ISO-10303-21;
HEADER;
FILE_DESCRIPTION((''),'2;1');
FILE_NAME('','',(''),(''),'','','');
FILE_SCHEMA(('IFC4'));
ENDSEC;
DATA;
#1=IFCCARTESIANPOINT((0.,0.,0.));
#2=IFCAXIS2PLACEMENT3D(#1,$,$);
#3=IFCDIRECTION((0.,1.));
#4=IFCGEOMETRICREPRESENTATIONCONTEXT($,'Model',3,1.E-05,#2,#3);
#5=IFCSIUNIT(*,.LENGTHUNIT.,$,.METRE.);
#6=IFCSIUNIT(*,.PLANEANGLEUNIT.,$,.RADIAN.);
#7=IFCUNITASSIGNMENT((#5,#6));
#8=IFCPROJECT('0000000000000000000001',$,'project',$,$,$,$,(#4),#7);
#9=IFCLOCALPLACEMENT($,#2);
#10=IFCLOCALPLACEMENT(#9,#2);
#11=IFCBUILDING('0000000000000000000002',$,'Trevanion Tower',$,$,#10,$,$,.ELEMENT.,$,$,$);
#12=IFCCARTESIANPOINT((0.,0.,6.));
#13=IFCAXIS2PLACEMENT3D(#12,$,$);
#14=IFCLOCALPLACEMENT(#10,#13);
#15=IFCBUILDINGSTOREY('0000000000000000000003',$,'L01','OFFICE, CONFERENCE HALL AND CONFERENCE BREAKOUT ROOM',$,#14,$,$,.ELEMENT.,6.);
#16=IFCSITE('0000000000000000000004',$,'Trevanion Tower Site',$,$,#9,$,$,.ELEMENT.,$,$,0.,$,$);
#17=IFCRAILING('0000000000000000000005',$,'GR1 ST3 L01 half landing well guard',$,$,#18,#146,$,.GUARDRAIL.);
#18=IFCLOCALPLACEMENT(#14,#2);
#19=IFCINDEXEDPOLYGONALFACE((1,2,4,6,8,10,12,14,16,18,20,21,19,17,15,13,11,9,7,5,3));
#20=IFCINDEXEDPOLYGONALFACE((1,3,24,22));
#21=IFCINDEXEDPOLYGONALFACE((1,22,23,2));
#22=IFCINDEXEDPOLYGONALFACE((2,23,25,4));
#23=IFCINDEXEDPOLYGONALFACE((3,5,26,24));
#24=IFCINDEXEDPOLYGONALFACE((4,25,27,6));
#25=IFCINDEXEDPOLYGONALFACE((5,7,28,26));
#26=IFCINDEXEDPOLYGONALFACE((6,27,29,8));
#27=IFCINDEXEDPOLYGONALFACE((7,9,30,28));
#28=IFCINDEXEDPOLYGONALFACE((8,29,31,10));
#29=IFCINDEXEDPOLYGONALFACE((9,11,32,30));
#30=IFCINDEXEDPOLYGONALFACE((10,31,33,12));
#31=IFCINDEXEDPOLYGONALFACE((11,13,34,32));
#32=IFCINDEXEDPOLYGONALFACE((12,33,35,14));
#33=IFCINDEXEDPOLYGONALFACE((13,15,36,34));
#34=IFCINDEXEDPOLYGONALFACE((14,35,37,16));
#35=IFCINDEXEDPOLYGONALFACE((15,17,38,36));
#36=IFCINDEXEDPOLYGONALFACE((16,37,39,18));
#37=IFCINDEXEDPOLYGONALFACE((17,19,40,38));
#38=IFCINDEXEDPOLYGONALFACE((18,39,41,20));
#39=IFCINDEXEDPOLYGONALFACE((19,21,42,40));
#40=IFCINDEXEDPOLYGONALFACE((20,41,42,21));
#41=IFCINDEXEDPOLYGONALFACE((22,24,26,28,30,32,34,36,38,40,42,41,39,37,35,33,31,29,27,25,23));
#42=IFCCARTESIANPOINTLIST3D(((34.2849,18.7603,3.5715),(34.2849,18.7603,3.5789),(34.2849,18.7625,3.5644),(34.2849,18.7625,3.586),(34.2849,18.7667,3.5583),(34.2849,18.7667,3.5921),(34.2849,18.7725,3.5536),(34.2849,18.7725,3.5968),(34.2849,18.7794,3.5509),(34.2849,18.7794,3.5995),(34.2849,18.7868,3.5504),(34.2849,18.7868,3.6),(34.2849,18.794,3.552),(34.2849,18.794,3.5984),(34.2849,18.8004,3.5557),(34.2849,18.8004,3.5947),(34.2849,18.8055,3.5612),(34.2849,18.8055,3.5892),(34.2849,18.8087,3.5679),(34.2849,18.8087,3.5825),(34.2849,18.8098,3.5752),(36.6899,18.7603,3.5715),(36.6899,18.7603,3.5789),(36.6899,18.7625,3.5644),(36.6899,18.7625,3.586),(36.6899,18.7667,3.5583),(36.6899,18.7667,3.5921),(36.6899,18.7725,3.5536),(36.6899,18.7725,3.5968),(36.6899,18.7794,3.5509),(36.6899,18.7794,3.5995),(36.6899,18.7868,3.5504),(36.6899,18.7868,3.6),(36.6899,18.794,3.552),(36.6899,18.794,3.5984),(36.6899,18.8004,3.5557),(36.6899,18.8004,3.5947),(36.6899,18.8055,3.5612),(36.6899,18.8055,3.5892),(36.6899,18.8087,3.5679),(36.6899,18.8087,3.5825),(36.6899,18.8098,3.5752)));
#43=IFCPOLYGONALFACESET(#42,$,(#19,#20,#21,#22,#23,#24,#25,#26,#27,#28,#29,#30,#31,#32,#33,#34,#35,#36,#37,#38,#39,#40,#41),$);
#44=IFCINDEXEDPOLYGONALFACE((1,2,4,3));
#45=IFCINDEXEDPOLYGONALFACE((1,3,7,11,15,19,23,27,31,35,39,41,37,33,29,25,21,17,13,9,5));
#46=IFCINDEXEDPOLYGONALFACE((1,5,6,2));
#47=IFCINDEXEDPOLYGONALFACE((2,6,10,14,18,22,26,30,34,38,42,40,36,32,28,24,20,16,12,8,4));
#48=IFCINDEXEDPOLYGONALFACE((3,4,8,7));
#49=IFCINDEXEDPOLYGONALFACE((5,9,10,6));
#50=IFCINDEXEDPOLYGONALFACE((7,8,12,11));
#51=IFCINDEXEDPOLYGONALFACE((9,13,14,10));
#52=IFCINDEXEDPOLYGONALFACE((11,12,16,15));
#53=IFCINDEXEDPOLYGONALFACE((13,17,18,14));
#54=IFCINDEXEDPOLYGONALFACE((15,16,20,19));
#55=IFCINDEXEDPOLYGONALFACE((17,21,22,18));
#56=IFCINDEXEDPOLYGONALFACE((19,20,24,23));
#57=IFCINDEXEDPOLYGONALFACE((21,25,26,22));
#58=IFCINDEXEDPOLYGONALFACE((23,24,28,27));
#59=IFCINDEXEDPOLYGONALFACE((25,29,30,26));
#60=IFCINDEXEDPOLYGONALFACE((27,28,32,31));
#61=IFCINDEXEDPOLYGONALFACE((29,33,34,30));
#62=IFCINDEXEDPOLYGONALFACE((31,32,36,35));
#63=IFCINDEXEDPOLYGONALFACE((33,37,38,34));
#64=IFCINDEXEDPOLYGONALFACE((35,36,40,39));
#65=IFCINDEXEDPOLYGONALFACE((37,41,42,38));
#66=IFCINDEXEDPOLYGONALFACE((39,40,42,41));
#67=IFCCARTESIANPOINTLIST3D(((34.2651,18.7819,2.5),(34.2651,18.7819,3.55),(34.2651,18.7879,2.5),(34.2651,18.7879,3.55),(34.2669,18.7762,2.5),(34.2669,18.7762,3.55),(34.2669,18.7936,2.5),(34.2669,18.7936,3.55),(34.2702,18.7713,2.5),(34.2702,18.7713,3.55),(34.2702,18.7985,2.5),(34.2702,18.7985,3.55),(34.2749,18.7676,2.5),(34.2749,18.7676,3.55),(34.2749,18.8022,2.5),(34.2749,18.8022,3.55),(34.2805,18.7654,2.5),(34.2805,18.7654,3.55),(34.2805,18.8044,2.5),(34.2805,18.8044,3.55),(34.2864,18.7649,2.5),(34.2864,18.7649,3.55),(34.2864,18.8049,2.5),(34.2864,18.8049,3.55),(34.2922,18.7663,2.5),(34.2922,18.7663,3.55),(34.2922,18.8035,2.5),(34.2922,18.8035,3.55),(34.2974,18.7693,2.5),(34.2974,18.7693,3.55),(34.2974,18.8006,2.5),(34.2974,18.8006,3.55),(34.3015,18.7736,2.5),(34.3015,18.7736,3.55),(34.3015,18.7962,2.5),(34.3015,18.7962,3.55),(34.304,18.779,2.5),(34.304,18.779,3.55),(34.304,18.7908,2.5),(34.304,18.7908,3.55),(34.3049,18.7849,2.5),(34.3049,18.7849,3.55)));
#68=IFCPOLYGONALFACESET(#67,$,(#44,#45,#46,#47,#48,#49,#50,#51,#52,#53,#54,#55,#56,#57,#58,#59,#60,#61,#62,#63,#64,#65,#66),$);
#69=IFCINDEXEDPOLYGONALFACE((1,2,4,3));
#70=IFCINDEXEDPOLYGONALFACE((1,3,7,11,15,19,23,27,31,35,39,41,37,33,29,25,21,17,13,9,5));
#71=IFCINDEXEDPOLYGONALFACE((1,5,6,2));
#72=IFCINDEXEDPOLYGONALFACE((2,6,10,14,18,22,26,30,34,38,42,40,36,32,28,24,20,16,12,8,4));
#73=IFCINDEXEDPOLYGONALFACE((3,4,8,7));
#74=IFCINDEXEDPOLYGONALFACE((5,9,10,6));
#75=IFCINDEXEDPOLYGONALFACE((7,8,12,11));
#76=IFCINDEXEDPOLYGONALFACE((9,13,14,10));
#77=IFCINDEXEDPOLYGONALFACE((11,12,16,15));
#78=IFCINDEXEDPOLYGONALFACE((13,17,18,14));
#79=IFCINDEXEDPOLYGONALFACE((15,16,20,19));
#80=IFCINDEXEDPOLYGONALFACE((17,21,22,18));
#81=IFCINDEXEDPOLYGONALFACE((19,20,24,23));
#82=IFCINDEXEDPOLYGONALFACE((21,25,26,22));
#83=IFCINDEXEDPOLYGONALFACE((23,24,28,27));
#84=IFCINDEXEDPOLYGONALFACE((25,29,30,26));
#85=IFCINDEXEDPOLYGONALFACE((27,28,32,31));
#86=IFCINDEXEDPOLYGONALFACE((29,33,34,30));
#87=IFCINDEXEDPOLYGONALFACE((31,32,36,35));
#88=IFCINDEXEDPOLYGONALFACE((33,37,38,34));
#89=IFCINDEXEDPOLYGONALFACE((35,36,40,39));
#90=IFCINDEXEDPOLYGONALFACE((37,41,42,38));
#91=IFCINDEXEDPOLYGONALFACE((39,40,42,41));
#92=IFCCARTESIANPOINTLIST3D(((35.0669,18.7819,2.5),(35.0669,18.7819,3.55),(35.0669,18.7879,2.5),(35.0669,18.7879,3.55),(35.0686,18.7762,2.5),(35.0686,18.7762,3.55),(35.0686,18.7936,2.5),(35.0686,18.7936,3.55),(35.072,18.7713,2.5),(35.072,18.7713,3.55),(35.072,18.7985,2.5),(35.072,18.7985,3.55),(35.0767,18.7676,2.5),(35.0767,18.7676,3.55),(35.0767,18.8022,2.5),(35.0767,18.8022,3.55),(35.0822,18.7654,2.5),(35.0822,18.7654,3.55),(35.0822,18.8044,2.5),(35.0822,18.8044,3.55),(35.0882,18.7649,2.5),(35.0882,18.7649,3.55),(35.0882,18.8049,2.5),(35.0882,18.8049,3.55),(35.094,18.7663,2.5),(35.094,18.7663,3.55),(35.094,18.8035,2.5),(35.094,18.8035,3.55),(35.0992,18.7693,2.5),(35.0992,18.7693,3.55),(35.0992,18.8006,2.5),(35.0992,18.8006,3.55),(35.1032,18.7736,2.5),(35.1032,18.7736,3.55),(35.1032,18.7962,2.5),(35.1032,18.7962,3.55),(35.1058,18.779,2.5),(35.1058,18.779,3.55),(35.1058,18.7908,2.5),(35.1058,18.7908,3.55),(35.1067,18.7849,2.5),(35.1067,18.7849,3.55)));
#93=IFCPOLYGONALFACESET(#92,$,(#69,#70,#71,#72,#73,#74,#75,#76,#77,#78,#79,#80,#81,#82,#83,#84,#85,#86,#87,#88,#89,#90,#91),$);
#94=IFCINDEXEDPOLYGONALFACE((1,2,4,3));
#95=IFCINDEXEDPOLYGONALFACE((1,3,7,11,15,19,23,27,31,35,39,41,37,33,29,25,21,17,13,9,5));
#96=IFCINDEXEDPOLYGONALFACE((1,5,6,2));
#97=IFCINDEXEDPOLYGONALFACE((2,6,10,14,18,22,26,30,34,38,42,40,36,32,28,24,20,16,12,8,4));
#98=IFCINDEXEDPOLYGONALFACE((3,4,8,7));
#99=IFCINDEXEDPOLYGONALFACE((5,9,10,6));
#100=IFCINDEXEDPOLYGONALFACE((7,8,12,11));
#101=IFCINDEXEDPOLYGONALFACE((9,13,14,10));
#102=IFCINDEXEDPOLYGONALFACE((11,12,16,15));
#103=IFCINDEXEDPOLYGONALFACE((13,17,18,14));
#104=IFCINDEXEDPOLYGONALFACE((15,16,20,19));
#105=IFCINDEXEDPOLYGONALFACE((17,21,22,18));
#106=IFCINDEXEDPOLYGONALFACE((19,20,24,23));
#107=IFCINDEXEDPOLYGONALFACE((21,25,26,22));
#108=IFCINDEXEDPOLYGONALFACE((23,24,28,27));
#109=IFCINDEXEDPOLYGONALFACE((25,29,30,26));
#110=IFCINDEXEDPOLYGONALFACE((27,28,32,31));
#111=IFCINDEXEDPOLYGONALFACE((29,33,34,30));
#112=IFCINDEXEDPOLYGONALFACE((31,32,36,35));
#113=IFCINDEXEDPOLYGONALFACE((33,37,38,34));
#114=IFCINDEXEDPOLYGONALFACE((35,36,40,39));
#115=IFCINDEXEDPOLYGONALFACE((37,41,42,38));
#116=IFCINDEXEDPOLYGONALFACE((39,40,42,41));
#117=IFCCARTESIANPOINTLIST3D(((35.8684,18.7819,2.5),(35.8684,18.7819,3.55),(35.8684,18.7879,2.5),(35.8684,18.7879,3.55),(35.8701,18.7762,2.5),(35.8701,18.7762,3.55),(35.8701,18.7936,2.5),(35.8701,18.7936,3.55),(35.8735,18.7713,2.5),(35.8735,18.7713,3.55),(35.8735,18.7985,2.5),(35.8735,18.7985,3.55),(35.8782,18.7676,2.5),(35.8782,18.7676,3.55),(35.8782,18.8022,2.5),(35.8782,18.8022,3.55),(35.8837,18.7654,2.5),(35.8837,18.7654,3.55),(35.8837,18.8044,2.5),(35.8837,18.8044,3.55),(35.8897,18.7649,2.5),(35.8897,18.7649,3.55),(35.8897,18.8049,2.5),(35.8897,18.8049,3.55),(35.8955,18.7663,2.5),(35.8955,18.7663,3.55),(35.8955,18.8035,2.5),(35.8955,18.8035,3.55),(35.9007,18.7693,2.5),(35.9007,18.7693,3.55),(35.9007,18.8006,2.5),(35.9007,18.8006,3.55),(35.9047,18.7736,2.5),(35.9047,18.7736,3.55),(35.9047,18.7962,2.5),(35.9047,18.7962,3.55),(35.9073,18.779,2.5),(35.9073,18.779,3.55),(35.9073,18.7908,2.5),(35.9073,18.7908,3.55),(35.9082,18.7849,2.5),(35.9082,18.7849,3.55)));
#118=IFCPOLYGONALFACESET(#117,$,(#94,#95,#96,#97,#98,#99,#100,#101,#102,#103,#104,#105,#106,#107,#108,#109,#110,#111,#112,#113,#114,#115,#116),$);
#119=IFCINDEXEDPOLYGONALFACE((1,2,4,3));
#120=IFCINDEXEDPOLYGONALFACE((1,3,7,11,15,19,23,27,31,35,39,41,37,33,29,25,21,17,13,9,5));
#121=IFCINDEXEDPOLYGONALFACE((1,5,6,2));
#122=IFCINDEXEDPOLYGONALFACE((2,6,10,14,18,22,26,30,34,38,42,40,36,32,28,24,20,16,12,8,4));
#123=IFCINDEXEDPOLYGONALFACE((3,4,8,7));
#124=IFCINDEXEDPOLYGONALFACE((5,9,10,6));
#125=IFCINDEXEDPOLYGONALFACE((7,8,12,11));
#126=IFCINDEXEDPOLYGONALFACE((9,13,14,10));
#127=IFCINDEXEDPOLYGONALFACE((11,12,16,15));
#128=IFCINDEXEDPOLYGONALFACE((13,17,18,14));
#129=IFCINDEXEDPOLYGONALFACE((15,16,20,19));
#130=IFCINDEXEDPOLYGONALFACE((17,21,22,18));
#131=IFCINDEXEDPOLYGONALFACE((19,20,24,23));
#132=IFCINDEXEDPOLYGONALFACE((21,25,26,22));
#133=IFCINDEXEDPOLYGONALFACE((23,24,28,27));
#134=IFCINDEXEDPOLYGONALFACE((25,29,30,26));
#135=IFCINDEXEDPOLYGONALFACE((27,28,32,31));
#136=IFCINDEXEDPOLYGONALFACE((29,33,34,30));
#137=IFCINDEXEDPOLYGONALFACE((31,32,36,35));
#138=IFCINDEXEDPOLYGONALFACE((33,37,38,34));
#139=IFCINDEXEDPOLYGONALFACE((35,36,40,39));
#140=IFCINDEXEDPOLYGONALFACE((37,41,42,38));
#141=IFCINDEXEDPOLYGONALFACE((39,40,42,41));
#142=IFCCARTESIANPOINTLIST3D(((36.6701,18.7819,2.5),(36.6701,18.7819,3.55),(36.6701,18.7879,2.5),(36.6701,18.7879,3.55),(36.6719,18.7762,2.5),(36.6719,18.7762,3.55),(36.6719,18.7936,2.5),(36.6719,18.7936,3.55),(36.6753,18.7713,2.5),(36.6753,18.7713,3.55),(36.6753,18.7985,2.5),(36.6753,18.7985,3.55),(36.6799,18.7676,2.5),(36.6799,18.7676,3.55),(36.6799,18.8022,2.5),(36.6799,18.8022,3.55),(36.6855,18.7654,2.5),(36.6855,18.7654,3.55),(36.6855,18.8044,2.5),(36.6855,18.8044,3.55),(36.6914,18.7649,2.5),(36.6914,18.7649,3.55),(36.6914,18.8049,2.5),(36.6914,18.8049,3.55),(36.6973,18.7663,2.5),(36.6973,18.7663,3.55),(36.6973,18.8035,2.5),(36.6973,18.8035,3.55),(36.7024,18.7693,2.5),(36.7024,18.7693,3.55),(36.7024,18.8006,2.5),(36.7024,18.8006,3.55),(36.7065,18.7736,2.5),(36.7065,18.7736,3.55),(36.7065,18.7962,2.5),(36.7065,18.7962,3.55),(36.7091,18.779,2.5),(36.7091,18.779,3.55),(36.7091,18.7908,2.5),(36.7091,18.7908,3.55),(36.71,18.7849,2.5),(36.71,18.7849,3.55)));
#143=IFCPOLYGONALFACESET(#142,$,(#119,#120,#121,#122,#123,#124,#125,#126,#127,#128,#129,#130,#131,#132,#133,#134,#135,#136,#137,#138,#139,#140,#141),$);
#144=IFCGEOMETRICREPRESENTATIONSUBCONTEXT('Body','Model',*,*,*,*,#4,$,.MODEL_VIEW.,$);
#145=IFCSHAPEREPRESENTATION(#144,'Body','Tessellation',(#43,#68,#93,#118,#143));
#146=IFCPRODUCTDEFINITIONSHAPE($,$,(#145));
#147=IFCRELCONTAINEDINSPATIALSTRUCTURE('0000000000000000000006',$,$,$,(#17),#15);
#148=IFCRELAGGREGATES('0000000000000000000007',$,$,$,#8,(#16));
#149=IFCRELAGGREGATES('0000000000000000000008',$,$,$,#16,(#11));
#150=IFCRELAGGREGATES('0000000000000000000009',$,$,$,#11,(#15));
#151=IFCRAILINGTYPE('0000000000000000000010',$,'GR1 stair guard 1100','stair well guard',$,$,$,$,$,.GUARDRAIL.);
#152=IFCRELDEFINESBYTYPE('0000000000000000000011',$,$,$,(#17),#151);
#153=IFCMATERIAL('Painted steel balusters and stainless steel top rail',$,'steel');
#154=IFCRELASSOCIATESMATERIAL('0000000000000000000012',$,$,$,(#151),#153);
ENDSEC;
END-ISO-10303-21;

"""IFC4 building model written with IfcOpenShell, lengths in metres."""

from ifc_helpers import new_model, si_unit, direction, frame, origin, origin_2d, place, context, subcontext, project, spatial, circle, extrude, material, type_object, element, save


model = new_model("IFC4")

# Units and contexts
model_context = context("Model", 3, precision=1e-05, world=origin(), true_north=direction((0.0, 1.0)))
body_context = subcontext(model_context, "Body", "Model", "MODEL_VIEW")
ifc_project = project(units=[si_unit("LENGTHUNIT", "METRE"), si_unit("PLANEANGLEUNIT", "RADIAN")], contexts=[model_context])

# Site, building, storey
site_placement = place(None, origin())
site = spatial("IfcSite", under=ifc_project, at=site_placement, Name="Trevanion Tower Site", CompositionType="ELEMENT", RefElevation=0.0)
building_placement = place(site_placement, origin())
building = spatial("IfcBuilding", under=site, at=building_placement, Name="Trevanion Tower", CompositionType="ELEMENT")
storey_placement = place(building_placement, frame((0.0, 0.0, 6.0)))
storey = spatial("IfcBuildingStorey", under=building, at=storey_placement, Name="L01", Description="OFFICE, CONFERENCE HALL AND CONFERENCE BREAKOUT ROOM", CompositionType="ELEMENT", Elevation=6.0)

# Railing
ifc_material_1 = material(Name="Painted steel balusters and stainless steel top rail", Category="steel")
railing_type_1 = type_object("IfcRailingType", Name="GR1 stair guard 1100", Description="stair well guard", PredefinedType="GUARDRAIL", material=ifc_material_1)
for number, where, name in (
    (1, (34.2849, 18.7849, 2.5), "GR1 ST3 L01 half landing well guard"),
):
    element("IfcRailing", number, at=place(storey_placement, frame(where)), inside=storey, type_object=railing_type_1, Name=name, PredefinedType="GUARDRAIL", context=body_context, shape_type="SweptSolid", body=[
        extrude(circle(Radius=0.0249, at=origin_2d()), frame((0.0, 0.0, 1.0752), z_axis=(1.0, 0.0, 0.0), x_axis=(0.0, 1.0, 0.0)), (0.0, 0.0, 1.0), 2.405),
        extrude(circle(Radius=0.02, at=origin_2d()), origin(), (0.0, 0.0, 1.0), 1.05),
        extrude(circle(Radius=0.02, at=origin_2d()), frame((0.8018, 0.0, 0.0)), (0.0, 0.0, 1.0), 1.05),
        extrude(circle(Radius=0.02, at=origin_2d()), frame((1.6033, 0.0, 0.0)), (0.0, 0.0, 1.0), 1.05),
        extrude(circle(Radius=0.02, at=origin_2d()), frame((2.405, 0.0, 0.0)), (0.0, 0.0, 1.0), 1.05),
    ])

save(model, "model.ifc")
